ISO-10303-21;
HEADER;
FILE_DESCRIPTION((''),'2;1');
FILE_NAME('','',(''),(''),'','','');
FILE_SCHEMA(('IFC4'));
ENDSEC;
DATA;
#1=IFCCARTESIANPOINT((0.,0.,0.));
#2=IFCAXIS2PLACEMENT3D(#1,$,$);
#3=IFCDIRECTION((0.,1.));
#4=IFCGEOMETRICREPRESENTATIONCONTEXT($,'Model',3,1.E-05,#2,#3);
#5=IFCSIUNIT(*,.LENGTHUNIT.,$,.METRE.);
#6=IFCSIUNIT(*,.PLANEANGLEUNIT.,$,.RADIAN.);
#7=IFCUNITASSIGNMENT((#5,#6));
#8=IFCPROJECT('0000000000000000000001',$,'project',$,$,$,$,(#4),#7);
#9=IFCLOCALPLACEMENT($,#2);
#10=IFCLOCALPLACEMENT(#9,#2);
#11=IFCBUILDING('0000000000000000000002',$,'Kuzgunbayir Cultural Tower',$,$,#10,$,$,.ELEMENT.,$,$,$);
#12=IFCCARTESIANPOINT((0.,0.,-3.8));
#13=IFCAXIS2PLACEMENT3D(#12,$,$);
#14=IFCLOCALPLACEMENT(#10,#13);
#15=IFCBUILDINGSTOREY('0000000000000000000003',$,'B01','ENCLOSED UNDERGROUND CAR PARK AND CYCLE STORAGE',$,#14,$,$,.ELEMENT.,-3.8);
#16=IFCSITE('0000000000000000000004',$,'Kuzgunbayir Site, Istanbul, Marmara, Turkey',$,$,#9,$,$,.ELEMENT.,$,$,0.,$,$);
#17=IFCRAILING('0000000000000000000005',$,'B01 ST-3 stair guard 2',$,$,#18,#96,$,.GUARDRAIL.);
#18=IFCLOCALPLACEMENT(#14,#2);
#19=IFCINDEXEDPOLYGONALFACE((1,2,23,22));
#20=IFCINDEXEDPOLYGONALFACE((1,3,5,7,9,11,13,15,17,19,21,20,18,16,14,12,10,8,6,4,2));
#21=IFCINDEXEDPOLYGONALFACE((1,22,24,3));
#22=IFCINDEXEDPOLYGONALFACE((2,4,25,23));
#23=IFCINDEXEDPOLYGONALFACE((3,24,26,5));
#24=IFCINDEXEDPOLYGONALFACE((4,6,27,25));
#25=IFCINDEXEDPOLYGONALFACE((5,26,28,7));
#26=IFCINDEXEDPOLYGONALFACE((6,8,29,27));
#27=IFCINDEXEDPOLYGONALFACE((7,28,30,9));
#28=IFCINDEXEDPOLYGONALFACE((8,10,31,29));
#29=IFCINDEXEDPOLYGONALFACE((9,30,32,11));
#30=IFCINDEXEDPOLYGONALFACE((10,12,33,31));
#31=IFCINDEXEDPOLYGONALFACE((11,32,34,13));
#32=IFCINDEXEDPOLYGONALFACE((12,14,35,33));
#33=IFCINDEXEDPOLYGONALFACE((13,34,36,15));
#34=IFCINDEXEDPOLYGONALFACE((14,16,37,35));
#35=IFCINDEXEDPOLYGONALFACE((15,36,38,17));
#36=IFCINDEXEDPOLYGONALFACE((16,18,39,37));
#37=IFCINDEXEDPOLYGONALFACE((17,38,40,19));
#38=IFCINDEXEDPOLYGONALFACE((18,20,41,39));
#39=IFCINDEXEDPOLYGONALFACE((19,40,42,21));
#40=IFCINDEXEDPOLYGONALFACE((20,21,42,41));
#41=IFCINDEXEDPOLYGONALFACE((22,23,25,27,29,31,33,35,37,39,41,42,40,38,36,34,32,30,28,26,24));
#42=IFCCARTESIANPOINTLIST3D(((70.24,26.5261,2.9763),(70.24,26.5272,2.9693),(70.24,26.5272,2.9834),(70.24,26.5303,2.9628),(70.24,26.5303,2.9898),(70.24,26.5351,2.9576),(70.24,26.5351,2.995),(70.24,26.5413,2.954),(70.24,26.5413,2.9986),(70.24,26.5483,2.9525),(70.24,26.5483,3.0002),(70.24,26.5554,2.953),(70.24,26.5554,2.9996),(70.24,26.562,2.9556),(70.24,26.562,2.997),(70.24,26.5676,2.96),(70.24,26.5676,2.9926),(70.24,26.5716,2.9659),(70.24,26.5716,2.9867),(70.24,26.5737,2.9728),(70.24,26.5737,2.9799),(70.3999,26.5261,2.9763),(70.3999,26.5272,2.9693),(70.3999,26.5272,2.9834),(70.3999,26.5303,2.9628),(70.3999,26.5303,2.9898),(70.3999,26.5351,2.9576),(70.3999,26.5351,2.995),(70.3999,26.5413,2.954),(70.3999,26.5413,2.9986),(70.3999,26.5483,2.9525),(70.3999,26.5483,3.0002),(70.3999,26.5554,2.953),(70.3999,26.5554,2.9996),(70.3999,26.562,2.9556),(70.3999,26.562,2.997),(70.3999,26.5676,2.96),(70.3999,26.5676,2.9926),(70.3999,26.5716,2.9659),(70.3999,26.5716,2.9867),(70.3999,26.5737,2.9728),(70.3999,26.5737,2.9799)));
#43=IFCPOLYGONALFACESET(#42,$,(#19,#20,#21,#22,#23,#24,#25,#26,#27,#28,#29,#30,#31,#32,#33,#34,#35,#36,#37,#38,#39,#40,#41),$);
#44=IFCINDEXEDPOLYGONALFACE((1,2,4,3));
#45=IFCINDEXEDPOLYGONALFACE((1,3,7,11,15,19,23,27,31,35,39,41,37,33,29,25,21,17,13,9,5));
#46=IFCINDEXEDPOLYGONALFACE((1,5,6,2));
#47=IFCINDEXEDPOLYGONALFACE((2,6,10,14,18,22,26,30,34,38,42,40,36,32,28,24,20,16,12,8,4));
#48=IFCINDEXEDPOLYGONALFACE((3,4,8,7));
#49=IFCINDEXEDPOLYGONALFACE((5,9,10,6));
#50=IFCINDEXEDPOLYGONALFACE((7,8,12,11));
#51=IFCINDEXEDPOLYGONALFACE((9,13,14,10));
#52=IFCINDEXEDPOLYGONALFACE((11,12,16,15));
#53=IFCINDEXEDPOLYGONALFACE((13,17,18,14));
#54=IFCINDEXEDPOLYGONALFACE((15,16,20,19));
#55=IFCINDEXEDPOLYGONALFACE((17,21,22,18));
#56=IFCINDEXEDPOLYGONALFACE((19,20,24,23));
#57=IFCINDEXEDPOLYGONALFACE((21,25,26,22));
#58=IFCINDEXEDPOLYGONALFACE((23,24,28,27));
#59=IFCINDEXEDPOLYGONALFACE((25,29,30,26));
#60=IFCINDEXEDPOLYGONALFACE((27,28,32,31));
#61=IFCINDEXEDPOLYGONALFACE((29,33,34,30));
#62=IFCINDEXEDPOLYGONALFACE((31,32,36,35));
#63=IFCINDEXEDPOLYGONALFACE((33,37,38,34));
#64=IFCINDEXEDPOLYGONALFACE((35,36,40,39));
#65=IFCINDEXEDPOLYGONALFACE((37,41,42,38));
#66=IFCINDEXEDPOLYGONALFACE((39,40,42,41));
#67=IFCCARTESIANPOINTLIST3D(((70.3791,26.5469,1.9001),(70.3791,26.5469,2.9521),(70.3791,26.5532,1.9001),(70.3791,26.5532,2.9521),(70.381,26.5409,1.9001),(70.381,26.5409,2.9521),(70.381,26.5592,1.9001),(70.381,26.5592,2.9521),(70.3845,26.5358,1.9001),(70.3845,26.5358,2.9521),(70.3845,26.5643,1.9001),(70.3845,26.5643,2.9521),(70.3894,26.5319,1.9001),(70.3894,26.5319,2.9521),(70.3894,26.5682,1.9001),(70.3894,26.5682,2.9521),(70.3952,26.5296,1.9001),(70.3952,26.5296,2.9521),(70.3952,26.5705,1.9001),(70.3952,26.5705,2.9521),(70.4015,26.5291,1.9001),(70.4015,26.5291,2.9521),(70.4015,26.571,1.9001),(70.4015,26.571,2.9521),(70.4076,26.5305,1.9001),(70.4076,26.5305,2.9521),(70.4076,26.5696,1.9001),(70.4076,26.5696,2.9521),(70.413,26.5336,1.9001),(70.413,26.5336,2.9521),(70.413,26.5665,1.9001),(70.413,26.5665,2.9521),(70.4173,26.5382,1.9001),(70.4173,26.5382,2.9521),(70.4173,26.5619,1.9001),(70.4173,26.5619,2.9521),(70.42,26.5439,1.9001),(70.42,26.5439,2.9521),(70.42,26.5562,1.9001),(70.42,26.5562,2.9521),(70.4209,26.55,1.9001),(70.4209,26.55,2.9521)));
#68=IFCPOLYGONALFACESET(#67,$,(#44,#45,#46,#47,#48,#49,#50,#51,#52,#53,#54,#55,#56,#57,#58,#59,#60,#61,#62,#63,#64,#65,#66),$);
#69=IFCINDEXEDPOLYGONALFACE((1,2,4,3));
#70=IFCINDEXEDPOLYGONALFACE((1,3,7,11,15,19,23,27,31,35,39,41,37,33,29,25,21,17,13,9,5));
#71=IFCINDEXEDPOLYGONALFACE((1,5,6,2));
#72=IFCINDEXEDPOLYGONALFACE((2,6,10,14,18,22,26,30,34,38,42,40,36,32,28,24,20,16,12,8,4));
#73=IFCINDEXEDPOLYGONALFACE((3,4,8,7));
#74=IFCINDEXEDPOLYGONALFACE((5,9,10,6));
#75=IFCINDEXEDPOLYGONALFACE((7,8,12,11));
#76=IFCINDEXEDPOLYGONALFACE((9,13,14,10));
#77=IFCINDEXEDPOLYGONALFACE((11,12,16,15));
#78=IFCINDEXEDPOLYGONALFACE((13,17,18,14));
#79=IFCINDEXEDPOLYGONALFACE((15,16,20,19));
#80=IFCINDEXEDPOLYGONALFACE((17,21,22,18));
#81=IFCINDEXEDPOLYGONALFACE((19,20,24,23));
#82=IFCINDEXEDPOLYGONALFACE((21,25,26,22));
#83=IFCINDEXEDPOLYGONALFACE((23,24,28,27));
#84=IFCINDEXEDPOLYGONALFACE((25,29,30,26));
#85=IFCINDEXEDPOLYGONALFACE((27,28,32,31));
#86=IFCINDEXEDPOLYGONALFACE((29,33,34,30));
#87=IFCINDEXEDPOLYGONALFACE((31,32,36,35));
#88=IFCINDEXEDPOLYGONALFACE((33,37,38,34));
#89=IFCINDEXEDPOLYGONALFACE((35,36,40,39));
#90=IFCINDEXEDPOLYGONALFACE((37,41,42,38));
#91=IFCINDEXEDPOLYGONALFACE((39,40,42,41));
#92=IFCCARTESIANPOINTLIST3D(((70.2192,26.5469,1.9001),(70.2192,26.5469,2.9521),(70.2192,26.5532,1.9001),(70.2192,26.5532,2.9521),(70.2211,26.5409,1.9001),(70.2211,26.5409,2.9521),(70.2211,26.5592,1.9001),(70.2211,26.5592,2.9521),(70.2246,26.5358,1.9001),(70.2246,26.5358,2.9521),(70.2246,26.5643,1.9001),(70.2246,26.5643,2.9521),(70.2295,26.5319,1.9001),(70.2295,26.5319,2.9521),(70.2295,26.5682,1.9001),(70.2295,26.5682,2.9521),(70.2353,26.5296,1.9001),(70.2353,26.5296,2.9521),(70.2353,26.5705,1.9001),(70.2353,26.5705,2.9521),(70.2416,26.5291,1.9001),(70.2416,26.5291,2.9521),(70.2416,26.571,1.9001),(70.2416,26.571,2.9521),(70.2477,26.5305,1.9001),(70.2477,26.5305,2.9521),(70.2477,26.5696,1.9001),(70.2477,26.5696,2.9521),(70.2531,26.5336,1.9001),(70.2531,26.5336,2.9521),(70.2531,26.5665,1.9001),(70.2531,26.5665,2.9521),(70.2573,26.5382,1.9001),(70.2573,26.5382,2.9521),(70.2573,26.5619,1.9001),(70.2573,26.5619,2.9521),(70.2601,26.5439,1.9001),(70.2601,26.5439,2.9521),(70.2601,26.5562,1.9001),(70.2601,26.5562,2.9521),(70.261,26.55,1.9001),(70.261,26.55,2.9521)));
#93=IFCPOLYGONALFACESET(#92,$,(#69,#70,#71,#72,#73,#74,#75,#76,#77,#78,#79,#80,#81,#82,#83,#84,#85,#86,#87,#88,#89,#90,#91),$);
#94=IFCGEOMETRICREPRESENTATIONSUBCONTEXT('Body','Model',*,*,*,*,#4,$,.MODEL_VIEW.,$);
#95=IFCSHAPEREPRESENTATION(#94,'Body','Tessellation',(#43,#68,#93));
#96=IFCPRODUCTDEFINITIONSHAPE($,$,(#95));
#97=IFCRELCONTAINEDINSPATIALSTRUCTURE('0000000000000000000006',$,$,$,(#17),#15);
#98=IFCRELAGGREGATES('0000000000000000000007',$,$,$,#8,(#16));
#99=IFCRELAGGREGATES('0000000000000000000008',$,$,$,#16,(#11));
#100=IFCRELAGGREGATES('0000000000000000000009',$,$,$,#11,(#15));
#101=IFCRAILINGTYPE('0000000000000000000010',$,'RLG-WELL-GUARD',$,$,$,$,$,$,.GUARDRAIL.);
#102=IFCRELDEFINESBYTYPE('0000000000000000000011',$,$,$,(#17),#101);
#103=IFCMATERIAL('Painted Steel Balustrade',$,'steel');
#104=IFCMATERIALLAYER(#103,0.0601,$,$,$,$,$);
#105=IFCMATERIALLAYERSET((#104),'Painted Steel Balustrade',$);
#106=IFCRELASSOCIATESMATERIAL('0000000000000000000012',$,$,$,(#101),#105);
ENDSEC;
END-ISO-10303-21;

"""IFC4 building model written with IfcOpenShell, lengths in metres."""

from ifc_helpers import new_model, si_unit, direction, frame, origin, origin_2d, place, context, subcontext, project, spatial, circle, extrude, material, layer, layer_set, type_object, element, save


model = new_model("IFC4")

# Units and contexts
model_context = context("Model", 3, precision=1e-05, world=origin(), true_north=direction((0.0, 1.0)))
body_context = subcontext(model_context, "Body", "Model", "MODEL_VIEW")
ifc_project = project(units=[si_unit("LENGTHUNIT", "METRE"), si_unit("PLANEANGLEUNIT", "RADIAN")], contexts=[model_context])

# Site, building, storey
site_placement = place(None, origin())
site = spatial("IfcSite", under=ifc_project, at=site_placement, Name="Kuzgunbayir Site, Istanbul, Marmara, Turkey", CompositionType="ELEMENT", RefElevation=0.0)
building_placement = place(site_placement, origin())
building = spatial("IfcBuilding", under=site, at=building_placement, Name="Kuzgunbayir Cultural Tower", CompositionType="ELEMENT")
storey_placement = place(building_placement, frame((0.0, 0.0, -3.8)))
storey = spatial("IfcBuildingStorey", under=building, at=storey_placement, Name="B01", Description="ENCLOSED UNDERGROUND CAR PARK AND CYCLE STORAGE", CompositionType="ELEMENT", Elevation=-3.8)

# Railing
ifc_material_1 = material(Name="Painted Steel Balustrade", Category="steel")
ifc_layer_1 = layer(ifc_material_1, 0.0601)
ifc_layer_set_1 = layer_set([ifc_layer_1], Name="Painted Steel Balustrade")
railing_type_1 = type_object("IfcRailingType", Name="RLG-WELL-GUARD", PredefinedType="GUARDRAIL", material=ifc_layer_set_1)
railing_1_placement = place(storey_placement, frame((70.3999, 26.55, 1.9001)))
element("IfcRailing", 1, at=railing_1_placement, inside=storey, type_object=railing_type_1, Name="B01 ST-3 stair guard 2", PredefinedType="GUARDRAIL", context=body_context, shape_type="SweptSolid", body=[
    extrude(circle(Radius=0.0239, at=origin_2d()), frame((0.0, 0.0, 1.0762), z_axis=(-1.0, 0.0, 0.0), x_axis=(0.0, -1.0, 0.0)), (0.0, 0.0, 1.0), 0.1599),
    extrude(circle(Radius=0.021, at=origin_2d()), origin(), (0.0, 0.0, 1.0), 1.052),
    extrude(circle(Radius=0.021, at=origin_2d()), frame((-0.1599, 0.0, 0.0)), (0.0, 0.0, 1.0), 1.052),
])

save(model, "model.ifc")
